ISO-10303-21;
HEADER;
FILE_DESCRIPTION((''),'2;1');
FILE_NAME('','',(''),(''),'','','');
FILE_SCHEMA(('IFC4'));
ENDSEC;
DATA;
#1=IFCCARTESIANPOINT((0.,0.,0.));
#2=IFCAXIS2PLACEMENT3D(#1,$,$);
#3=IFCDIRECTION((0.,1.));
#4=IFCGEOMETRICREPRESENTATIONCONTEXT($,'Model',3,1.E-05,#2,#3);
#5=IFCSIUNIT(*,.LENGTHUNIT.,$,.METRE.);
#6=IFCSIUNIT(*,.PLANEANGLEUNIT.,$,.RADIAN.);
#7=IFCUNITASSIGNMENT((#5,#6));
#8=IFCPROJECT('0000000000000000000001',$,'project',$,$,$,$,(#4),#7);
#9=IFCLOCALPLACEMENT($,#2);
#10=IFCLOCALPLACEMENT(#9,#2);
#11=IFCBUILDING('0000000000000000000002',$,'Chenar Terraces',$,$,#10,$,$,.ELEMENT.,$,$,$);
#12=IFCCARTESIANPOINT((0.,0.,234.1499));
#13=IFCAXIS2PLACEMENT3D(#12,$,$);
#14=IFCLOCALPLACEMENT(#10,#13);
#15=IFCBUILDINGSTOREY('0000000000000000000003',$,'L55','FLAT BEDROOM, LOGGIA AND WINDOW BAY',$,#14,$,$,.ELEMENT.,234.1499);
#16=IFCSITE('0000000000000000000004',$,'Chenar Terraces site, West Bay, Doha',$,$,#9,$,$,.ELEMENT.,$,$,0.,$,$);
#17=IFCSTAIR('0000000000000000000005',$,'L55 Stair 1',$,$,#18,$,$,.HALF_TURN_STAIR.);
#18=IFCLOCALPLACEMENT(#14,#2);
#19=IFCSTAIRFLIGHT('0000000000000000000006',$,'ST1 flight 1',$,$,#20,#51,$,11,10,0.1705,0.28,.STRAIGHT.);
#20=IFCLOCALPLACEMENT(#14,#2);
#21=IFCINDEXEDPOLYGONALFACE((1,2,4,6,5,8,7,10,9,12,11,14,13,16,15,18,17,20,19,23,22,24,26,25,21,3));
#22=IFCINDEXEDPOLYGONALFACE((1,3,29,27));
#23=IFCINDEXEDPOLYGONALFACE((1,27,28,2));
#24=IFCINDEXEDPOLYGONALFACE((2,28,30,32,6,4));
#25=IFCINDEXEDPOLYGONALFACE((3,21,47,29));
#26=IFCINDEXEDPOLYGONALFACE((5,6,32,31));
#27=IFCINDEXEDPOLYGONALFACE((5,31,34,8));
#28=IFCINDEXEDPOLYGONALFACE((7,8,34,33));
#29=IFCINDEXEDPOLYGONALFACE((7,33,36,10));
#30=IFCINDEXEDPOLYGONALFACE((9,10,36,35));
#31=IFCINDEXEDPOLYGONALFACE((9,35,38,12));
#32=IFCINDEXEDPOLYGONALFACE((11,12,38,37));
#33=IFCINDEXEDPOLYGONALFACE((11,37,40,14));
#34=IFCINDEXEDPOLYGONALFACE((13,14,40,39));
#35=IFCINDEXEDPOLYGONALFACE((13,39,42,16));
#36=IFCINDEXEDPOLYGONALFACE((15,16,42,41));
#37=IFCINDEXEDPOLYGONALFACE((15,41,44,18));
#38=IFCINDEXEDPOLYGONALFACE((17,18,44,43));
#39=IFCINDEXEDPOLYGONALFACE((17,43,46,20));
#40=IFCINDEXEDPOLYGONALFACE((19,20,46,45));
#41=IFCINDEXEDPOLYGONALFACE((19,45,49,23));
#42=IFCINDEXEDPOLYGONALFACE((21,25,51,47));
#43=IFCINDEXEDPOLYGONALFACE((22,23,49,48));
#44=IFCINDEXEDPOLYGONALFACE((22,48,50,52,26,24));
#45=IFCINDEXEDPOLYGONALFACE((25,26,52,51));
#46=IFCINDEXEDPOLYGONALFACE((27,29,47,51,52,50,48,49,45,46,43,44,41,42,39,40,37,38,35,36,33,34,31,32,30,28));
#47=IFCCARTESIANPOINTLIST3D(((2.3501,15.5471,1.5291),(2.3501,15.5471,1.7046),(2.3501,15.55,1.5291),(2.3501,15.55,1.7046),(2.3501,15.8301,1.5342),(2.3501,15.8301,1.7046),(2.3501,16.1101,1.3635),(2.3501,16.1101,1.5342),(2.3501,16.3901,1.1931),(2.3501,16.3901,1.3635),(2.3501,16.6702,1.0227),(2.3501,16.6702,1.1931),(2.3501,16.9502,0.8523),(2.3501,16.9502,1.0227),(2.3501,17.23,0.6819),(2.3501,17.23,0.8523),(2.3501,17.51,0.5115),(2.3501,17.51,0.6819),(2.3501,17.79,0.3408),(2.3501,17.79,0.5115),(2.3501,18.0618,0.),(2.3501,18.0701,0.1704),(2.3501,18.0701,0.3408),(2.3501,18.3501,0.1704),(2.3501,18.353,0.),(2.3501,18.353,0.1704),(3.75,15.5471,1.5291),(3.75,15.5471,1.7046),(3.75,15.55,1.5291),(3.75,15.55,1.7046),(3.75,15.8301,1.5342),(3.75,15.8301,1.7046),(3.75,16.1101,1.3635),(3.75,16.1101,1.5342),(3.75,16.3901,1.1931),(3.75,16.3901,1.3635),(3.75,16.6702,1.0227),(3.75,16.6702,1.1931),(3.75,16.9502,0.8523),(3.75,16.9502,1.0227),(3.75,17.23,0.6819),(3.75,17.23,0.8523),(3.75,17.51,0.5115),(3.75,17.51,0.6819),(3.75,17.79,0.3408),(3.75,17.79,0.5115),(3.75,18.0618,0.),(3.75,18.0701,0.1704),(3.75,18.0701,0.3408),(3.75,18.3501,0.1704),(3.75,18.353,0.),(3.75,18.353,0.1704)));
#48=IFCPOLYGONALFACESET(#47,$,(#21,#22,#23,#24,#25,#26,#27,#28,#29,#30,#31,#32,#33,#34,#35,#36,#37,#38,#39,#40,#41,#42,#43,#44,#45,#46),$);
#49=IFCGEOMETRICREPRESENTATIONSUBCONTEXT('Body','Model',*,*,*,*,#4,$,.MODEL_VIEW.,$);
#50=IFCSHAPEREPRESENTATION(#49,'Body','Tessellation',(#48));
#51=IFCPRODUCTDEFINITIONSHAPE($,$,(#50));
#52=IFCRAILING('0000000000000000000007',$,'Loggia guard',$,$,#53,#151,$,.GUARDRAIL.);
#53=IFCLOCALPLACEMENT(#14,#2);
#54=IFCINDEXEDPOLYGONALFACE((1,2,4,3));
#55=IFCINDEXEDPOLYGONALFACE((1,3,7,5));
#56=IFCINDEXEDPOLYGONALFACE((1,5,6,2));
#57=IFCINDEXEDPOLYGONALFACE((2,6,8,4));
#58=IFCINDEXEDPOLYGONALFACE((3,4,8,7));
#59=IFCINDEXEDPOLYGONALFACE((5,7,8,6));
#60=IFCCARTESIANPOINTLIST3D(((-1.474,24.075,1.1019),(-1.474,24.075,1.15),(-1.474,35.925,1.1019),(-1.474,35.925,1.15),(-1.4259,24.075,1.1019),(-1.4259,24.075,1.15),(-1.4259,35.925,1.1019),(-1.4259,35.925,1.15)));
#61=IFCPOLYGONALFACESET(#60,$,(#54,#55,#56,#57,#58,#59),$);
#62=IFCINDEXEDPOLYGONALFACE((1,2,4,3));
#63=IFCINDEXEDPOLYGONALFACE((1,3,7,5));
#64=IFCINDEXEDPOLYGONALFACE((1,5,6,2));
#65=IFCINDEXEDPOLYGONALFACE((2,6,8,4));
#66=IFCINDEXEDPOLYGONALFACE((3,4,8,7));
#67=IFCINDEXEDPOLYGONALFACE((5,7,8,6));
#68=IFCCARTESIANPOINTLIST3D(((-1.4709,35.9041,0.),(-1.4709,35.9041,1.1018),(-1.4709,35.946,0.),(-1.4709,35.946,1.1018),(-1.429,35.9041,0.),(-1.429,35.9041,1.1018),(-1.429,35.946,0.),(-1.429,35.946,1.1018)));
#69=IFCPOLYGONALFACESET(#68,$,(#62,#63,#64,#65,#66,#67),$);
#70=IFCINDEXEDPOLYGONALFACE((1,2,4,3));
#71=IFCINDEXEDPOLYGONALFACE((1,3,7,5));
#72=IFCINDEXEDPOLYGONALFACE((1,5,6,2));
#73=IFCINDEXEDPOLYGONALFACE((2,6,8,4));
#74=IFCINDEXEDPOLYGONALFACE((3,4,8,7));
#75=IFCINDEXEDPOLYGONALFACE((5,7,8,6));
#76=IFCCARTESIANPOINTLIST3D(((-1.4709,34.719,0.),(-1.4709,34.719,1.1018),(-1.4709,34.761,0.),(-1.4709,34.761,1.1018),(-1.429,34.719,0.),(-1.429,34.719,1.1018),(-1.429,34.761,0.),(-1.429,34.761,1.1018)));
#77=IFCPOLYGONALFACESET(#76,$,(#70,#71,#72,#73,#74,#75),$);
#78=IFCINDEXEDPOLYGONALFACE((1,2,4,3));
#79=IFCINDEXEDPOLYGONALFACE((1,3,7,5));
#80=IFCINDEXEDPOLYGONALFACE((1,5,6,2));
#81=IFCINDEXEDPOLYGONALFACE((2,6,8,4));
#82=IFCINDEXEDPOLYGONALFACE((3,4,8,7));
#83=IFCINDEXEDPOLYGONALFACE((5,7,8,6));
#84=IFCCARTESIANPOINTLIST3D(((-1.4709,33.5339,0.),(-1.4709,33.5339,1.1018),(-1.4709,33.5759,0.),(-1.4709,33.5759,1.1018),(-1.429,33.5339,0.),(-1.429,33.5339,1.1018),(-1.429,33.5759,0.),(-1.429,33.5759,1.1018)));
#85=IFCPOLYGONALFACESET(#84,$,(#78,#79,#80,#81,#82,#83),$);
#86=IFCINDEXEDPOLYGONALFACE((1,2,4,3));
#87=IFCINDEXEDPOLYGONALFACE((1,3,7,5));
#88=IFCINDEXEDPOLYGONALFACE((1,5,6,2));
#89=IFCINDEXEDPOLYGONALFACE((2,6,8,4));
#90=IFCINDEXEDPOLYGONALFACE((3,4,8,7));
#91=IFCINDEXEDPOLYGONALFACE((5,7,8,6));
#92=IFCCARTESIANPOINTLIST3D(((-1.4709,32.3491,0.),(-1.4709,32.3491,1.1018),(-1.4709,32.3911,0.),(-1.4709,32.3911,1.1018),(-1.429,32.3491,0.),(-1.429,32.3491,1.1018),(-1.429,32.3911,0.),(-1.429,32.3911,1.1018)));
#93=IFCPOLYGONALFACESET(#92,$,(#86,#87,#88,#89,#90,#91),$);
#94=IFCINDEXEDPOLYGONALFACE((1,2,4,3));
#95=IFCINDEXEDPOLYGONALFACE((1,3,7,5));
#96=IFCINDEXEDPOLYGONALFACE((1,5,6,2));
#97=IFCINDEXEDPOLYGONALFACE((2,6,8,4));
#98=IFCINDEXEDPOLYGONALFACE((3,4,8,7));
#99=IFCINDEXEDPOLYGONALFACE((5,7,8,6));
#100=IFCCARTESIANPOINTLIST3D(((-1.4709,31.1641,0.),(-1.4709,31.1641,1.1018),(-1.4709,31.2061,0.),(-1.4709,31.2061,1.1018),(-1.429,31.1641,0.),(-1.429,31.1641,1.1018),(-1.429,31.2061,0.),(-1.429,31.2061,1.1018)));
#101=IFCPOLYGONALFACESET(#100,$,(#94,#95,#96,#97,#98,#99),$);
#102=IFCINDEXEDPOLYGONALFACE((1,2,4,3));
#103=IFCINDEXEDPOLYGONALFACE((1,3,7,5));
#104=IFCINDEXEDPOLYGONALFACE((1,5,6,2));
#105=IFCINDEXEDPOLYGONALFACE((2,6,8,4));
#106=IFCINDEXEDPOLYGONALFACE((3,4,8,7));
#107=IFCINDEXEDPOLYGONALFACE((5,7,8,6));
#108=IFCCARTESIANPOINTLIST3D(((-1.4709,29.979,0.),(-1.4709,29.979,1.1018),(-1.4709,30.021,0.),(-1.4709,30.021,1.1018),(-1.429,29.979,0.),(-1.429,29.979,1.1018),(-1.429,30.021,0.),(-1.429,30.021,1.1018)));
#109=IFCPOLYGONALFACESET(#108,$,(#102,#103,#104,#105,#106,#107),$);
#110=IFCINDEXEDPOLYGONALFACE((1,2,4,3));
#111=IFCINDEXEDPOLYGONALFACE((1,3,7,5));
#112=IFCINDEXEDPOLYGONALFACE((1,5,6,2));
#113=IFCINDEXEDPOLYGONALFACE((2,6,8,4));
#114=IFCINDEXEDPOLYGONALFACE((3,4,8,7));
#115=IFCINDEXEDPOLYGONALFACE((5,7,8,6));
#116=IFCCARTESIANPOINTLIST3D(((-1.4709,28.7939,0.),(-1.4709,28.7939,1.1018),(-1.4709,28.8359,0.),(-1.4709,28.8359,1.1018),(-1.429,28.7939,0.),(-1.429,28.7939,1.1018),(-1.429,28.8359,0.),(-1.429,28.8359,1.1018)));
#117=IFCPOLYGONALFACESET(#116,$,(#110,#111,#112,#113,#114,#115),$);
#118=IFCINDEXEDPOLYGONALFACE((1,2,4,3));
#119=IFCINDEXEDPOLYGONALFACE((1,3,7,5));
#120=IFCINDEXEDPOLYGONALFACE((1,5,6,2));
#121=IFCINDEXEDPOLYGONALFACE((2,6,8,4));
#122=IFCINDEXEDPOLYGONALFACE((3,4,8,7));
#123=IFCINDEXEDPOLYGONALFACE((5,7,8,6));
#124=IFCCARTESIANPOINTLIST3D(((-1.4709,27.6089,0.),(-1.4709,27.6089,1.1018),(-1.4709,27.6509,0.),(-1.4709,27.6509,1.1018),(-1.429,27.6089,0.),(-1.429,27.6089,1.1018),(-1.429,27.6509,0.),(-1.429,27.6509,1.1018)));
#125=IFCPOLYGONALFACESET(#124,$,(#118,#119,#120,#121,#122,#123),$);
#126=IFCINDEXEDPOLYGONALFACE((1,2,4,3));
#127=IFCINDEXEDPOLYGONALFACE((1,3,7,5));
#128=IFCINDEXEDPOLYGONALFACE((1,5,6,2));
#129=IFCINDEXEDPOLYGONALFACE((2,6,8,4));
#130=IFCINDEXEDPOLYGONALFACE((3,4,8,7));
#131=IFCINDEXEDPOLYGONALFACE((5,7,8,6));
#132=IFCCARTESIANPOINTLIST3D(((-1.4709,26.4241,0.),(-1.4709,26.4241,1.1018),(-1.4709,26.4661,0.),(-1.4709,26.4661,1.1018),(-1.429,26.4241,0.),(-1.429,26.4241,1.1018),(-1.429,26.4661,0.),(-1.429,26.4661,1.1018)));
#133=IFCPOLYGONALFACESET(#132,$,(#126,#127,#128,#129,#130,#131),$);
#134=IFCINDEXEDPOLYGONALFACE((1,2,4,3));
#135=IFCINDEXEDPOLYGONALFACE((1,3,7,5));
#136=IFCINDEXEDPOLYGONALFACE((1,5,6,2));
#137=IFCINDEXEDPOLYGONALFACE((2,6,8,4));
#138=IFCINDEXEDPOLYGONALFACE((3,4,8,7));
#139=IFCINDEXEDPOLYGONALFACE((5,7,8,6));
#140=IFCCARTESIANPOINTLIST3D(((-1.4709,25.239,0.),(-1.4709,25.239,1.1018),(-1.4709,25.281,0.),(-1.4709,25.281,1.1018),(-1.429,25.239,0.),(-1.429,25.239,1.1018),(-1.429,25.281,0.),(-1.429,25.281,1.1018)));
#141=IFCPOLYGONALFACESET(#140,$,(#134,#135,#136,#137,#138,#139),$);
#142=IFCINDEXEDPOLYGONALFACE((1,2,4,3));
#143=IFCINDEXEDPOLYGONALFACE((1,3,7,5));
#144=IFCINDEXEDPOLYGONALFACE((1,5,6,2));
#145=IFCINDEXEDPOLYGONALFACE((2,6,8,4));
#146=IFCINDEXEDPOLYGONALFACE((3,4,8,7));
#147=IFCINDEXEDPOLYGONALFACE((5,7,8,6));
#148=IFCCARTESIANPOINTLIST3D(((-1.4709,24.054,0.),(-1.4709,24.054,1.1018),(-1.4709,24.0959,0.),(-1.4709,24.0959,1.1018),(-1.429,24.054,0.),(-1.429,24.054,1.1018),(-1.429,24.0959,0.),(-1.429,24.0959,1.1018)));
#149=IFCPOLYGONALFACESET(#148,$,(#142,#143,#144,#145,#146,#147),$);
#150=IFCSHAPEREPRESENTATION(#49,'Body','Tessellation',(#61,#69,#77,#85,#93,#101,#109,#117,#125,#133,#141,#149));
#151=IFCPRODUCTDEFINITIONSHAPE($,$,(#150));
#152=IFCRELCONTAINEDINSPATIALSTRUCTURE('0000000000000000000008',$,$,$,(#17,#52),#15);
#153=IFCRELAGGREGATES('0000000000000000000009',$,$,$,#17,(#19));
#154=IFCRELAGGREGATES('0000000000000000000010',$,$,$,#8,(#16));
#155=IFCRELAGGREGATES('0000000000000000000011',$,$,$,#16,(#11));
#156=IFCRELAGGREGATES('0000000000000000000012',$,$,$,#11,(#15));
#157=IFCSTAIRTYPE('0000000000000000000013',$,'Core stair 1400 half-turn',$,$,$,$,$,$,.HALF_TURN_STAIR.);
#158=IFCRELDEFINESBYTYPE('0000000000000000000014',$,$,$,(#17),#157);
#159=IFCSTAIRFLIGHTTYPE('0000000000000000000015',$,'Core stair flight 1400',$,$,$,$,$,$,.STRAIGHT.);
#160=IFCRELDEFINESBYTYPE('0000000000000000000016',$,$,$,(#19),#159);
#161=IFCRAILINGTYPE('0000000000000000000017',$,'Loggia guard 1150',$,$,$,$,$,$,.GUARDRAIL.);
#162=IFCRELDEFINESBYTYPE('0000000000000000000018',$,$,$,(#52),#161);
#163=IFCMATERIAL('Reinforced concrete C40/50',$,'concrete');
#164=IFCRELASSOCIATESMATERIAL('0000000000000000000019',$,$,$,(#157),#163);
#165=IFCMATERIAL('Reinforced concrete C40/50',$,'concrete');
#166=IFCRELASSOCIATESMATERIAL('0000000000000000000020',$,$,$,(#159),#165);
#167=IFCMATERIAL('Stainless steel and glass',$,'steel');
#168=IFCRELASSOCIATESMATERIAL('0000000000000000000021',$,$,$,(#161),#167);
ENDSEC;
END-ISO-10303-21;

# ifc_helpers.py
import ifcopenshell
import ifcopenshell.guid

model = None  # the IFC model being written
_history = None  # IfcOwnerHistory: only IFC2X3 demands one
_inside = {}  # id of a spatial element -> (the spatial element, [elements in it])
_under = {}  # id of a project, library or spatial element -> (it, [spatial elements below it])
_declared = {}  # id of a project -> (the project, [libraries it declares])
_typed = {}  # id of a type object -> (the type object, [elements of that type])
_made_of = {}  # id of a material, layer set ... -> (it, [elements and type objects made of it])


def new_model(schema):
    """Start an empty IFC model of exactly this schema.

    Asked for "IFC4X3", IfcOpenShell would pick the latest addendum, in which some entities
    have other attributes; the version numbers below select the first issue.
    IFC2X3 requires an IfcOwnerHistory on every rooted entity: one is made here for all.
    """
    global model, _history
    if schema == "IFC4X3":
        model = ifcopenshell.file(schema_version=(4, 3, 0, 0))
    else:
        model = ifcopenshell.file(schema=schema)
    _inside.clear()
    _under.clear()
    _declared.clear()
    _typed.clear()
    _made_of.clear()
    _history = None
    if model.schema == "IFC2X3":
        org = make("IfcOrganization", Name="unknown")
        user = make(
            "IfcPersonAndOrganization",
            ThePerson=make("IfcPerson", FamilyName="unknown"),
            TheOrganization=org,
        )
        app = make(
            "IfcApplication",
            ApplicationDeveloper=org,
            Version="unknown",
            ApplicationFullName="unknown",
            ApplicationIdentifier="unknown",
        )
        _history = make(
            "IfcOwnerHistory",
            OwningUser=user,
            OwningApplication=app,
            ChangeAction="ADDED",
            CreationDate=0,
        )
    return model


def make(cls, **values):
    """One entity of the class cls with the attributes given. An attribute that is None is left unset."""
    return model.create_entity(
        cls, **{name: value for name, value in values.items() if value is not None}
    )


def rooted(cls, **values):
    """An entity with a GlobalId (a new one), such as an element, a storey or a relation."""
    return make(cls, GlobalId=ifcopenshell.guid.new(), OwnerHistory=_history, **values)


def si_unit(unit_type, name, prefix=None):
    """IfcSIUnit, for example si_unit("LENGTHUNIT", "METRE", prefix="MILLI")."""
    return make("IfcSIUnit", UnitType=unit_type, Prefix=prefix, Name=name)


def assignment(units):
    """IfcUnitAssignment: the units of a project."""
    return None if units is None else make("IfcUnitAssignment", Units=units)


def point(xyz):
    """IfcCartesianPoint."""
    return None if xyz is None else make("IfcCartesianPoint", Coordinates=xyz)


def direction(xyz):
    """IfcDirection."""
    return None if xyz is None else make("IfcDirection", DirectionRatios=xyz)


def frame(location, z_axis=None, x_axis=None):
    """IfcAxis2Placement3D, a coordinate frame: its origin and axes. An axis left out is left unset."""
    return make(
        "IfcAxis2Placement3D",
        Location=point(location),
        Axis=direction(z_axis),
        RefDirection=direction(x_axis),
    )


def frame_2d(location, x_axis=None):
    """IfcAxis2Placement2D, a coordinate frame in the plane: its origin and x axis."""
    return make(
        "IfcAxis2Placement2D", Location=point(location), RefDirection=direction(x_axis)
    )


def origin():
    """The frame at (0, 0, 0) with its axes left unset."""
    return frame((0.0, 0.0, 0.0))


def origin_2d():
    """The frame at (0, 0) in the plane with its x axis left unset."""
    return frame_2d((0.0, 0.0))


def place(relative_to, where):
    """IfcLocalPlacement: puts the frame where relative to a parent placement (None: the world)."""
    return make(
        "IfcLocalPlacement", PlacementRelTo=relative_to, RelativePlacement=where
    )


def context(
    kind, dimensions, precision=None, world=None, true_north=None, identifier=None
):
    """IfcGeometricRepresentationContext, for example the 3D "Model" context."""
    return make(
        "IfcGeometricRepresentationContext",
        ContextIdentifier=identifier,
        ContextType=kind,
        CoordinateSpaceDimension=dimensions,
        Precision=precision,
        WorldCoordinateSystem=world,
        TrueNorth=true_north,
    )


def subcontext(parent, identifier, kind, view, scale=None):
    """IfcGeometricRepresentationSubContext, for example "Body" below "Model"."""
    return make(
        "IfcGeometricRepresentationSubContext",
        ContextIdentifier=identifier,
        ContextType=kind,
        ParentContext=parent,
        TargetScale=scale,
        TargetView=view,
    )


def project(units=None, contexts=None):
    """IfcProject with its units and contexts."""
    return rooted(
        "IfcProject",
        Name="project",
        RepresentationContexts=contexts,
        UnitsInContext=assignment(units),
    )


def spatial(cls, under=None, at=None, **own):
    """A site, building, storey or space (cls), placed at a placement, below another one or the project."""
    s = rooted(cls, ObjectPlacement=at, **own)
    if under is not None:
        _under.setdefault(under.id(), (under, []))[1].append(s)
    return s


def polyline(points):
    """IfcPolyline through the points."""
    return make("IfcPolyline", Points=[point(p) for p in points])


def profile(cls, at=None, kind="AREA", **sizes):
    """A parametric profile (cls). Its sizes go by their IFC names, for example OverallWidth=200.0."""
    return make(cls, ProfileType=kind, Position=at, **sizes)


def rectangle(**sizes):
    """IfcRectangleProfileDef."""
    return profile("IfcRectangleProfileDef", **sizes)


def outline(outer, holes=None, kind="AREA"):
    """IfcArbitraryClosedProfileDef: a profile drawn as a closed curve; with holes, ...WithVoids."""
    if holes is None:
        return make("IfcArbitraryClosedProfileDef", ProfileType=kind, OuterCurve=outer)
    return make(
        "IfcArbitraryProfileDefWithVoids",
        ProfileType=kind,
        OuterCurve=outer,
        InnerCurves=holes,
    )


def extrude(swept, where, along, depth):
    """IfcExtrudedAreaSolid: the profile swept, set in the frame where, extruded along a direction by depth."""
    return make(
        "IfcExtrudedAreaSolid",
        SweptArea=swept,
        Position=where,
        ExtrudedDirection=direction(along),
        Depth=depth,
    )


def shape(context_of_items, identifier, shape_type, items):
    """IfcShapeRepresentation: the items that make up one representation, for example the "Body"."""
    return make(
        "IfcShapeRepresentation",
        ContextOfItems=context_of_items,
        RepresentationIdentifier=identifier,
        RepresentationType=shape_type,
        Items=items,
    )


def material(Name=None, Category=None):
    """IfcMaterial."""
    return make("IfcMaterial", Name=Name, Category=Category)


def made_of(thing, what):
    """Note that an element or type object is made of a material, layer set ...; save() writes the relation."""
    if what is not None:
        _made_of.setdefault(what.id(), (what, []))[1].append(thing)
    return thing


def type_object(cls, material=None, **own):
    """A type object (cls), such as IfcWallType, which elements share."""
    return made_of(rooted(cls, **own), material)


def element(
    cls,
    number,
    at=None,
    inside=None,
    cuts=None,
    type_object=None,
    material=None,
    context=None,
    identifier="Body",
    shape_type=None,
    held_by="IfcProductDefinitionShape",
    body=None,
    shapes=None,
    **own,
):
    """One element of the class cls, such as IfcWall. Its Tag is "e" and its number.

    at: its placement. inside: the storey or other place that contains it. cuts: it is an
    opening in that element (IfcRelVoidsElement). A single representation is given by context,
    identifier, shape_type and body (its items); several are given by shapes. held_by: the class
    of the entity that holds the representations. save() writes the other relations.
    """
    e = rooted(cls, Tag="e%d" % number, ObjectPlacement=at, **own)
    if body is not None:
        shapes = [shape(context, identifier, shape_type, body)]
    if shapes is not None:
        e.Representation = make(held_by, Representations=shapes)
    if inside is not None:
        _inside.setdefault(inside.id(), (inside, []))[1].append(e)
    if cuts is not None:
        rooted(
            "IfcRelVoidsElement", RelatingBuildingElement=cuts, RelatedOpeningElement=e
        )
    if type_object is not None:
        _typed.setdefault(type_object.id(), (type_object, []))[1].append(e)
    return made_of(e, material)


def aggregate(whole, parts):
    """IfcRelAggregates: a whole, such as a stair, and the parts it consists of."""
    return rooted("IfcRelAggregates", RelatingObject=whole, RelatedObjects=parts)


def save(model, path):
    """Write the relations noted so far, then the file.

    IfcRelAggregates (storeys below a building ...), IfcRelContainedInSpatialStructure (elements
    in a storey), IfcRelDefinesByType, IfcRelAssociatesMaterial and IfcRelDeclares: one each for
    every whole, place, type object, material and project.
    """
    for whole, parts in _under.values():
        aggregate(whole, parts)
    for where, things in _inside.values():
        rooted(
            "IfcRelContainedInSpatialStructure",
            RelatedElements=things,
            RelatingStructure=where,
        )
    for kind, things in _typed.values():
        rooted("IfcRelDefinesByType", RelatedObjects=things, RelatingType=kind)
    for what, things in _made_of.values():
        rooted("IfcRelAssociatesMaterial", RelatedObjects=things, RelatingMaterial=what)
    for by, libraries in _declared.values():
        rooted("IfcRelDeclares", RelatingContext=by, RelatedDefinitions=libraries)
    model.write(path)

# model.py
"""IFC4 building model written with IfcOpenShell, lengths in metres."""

from ifc_helpers import new_model, si_unit, direction, frame, origin, origin_2d, place, context, subcontext, project, spatial, polyline, rectangle, outline, extrude, material, type_object, element, aggregate, save


model = new_model("IFC4")

# Units and contexts
model_context = context("Model", 3, precision=1e-05, world=origin(), true_north=direction((0.0, 1.0)))
body_context = subcontext(model_context, "Body", "Model", "MODEL_VIEW")
ifc_project = project(units=[si_unit("LENGTHUNIT", "METRE"), si_unit("PLANEANGLEUNIT", "RADIAN")], contexts=[model_context])

# Site, building, storey
site_placement = place(None, origin())
site = spatial("IfcSite", under=ifc_project, at=site_placement, Name="Chenar Terraces site, West Bay, Doha", CompositionType="ELEMENT", RefElevation=0.0)
building_placement = place(site_placement, origin())
building = spatial("IfcBuilding", under=site, at=building_placement, Name="Chenar Terraces", CompositionType="ELEMENT")
storey_placement = place(building_placement, frame((0.0, 0.0, 234.1499)))
storey = spatial("IfcBuildingStorey", under=building, at=storey_placement, Name="L55", Description="FLAT BEDROOM, LOGGIA AND WINDOW BAY", CompositionType="ELEMENT", Elevation=234.1499)

# Stair, stair flight
ifc_material_1 = material(Name="Reinforced concrete C40/50", Category="concrete")
stair_type = type_object("IfcStairType", Name="Core stair 1400 half-turn", PredefinedType="HALF_TURN_STAIR", material=ifc_material_1)
stair_placement = place(storey_placement, origin())
stair = element("IfcStair", 1, at=stair_placement, inside=storey, type_object=stair_type, Name="L55 Stair 1", PredefinedType="HALF_TURN_STAIR")
ifc_material_2 = material(Name="Reinforced concrete C40/50", Category="concrete")
stair_flight_type = type_object("IfcStairFlightType", Name="Core stair flight 1400", PredefinedType="STRAIGHT", material=ifc_material_2)
stair_flight_placement = place(storey_placement, frame((3.05, 18.3501, 0.0), z_axis=(0.0, 0.0, 1.0), x_axis=(0.0, -1.0, 0.0)))
stair_flight = element("IfcStairFlight", 2, at=stair_flight_placement, type_object=stair_flight_type, Name="ST1 flight 1", NumberOfRisers=11, NumberOfTreads=10, PredefinedType="STRAIGHT", RiserHeight=0.1705, TreadLength=0.28, context=body_context, shape_type="SweptSolid", body=[
    extrude(outline(polyline([(-0.0029, 0.0), (-0.0029, 0.1704), (0.0, 0.1704), (0.28, 0.1704), (0.28, 0.3408), (0.5601, 0.3408), (0.5601, 0.5115), (0.8401, 0.5115), (0.8401, 0.6819), (1.1201, 0.6819), (1.1201, 0.8523), (1.3999, 0.8523), (1.3999, 1.0227), (1.6799, 1.0227), (1.6799, 1.1931), (1.96, 1.1931), (1.96, 1.3635), (2.24, 1.3635), (2.24, 1.5342), (2.52, 1.5342), (2.52, 1.7046), (2.8, 1.7046), (2.803, 1.7046), (2.803, 1.5291), (2.8, 1.5291), (0.2883, 0.0), (-0.0029, 0.0)])), frame((0.0, 0.7, 0.0), z_axis=(0.0, -1.0, 0.0), x_axis=(1.0, 0.0, 0.0)), (0.0, 0.0, 1.0), 1.3999),
])
aggregate(stair, [stair_flight])

# Railing
ifc_material_3 = material(Name="Stainless steel and glass", Category="steel")
railing_type_1 = type_object("IfcRailingType", Name="Loggia guard 1150", PredefinedType="GUARDRAIL", material=ifc_material_3)
railing_1_placement = place(storey_placement, frame((-1.45, 35.925, 0.0)))
element("IfcRailing", 3, at=railing_1_placement, inside=storey, type_object=railing_type_1, Name="Loggia guard", PredefinedType="GUARDRAIL", context=body_context, shape_type="SweptSolid", body=[
    extrude(rectangle(XDim=0.0481, YDim=0.0481, at=origin_2d()), frame((0.0, 0.0, 1.126), z_axis=(0.0, -1.0, 0.0), x_axis=(1.0, 0.0, 0.0)), (0.0, 0.0, 1.0), 11.8501),
    extrude(rectangle(XDim=0.042, YDim=0.042, at=origin_2d()), origin(), (0.0, 0.0, 1.0), 1.1018),
    extrude(rectangle(XDim=0.042, YDim=0.042, at=origin_2d()), frame((0.0, -1.1851, 0.0)), (0.0, 0.0, 1.0), 1.1018),
    extrude(rectangle(XDim=0.042, YDim=0.042, at=origin_2d()), frame((0.0, -2.3701, 0.0)), (0.0, 0.0, 1.0), 1.1018),
    extrude(rectangle(XDim=0.042, YDim=0.042, at=origin_2d()), frame((0.0, -3.5549, 0.0)), (0.0, 0.0, 1.0), 1.1018),
    extrude(rectangle(XDim=0.042, YDim=0.042, at=origin_2d()), frame((0.0, -4.74, 0.0)), (0.0, 0.0, 1.0), 1.1018),
    extrude(rectangle(XDim=0.042, YDim=0.042, at=origin_2d()), frame((0.0, -5.925, 0.0)), (0.0, 0.0, 1.0), 1.1018),
    extrude(rectangle(XDim=0.042, YDim=0.042, at=origin_2d()), frame((0.0, -7.1101, 0.0)), (0.0, 0.0, 1.0), 1.1018),
    extrude(rectangle(XDim=0.042, YDim=0.042, at=origin_2d()), frame((0.0, -8.2952, 0.0)), (0.0, 0.0, 1.0), 1.1018),
    extrude(rectangle(XDim=0.042, YDim=0.042, at=origin_2d()), frame((0.0, -9.48, 0.0)), (0.0, 0.0, 1.0), 1.1018),
    extrude(rectangle(XDim=0.042, YDim=0.042, at=origin_2d()), frame((0.0, -10.665, 0.0)), (0.0, 0.0, 1.0), 1.1018),
    extrude(rectangle(XDim=0.042, YDim=0.042, at=origin_2d()), frame((0.0, -11.8501, 0.0)), (0.0, 0.0, 1.0), 1.1018),
])

save(model, "model.ifc")
